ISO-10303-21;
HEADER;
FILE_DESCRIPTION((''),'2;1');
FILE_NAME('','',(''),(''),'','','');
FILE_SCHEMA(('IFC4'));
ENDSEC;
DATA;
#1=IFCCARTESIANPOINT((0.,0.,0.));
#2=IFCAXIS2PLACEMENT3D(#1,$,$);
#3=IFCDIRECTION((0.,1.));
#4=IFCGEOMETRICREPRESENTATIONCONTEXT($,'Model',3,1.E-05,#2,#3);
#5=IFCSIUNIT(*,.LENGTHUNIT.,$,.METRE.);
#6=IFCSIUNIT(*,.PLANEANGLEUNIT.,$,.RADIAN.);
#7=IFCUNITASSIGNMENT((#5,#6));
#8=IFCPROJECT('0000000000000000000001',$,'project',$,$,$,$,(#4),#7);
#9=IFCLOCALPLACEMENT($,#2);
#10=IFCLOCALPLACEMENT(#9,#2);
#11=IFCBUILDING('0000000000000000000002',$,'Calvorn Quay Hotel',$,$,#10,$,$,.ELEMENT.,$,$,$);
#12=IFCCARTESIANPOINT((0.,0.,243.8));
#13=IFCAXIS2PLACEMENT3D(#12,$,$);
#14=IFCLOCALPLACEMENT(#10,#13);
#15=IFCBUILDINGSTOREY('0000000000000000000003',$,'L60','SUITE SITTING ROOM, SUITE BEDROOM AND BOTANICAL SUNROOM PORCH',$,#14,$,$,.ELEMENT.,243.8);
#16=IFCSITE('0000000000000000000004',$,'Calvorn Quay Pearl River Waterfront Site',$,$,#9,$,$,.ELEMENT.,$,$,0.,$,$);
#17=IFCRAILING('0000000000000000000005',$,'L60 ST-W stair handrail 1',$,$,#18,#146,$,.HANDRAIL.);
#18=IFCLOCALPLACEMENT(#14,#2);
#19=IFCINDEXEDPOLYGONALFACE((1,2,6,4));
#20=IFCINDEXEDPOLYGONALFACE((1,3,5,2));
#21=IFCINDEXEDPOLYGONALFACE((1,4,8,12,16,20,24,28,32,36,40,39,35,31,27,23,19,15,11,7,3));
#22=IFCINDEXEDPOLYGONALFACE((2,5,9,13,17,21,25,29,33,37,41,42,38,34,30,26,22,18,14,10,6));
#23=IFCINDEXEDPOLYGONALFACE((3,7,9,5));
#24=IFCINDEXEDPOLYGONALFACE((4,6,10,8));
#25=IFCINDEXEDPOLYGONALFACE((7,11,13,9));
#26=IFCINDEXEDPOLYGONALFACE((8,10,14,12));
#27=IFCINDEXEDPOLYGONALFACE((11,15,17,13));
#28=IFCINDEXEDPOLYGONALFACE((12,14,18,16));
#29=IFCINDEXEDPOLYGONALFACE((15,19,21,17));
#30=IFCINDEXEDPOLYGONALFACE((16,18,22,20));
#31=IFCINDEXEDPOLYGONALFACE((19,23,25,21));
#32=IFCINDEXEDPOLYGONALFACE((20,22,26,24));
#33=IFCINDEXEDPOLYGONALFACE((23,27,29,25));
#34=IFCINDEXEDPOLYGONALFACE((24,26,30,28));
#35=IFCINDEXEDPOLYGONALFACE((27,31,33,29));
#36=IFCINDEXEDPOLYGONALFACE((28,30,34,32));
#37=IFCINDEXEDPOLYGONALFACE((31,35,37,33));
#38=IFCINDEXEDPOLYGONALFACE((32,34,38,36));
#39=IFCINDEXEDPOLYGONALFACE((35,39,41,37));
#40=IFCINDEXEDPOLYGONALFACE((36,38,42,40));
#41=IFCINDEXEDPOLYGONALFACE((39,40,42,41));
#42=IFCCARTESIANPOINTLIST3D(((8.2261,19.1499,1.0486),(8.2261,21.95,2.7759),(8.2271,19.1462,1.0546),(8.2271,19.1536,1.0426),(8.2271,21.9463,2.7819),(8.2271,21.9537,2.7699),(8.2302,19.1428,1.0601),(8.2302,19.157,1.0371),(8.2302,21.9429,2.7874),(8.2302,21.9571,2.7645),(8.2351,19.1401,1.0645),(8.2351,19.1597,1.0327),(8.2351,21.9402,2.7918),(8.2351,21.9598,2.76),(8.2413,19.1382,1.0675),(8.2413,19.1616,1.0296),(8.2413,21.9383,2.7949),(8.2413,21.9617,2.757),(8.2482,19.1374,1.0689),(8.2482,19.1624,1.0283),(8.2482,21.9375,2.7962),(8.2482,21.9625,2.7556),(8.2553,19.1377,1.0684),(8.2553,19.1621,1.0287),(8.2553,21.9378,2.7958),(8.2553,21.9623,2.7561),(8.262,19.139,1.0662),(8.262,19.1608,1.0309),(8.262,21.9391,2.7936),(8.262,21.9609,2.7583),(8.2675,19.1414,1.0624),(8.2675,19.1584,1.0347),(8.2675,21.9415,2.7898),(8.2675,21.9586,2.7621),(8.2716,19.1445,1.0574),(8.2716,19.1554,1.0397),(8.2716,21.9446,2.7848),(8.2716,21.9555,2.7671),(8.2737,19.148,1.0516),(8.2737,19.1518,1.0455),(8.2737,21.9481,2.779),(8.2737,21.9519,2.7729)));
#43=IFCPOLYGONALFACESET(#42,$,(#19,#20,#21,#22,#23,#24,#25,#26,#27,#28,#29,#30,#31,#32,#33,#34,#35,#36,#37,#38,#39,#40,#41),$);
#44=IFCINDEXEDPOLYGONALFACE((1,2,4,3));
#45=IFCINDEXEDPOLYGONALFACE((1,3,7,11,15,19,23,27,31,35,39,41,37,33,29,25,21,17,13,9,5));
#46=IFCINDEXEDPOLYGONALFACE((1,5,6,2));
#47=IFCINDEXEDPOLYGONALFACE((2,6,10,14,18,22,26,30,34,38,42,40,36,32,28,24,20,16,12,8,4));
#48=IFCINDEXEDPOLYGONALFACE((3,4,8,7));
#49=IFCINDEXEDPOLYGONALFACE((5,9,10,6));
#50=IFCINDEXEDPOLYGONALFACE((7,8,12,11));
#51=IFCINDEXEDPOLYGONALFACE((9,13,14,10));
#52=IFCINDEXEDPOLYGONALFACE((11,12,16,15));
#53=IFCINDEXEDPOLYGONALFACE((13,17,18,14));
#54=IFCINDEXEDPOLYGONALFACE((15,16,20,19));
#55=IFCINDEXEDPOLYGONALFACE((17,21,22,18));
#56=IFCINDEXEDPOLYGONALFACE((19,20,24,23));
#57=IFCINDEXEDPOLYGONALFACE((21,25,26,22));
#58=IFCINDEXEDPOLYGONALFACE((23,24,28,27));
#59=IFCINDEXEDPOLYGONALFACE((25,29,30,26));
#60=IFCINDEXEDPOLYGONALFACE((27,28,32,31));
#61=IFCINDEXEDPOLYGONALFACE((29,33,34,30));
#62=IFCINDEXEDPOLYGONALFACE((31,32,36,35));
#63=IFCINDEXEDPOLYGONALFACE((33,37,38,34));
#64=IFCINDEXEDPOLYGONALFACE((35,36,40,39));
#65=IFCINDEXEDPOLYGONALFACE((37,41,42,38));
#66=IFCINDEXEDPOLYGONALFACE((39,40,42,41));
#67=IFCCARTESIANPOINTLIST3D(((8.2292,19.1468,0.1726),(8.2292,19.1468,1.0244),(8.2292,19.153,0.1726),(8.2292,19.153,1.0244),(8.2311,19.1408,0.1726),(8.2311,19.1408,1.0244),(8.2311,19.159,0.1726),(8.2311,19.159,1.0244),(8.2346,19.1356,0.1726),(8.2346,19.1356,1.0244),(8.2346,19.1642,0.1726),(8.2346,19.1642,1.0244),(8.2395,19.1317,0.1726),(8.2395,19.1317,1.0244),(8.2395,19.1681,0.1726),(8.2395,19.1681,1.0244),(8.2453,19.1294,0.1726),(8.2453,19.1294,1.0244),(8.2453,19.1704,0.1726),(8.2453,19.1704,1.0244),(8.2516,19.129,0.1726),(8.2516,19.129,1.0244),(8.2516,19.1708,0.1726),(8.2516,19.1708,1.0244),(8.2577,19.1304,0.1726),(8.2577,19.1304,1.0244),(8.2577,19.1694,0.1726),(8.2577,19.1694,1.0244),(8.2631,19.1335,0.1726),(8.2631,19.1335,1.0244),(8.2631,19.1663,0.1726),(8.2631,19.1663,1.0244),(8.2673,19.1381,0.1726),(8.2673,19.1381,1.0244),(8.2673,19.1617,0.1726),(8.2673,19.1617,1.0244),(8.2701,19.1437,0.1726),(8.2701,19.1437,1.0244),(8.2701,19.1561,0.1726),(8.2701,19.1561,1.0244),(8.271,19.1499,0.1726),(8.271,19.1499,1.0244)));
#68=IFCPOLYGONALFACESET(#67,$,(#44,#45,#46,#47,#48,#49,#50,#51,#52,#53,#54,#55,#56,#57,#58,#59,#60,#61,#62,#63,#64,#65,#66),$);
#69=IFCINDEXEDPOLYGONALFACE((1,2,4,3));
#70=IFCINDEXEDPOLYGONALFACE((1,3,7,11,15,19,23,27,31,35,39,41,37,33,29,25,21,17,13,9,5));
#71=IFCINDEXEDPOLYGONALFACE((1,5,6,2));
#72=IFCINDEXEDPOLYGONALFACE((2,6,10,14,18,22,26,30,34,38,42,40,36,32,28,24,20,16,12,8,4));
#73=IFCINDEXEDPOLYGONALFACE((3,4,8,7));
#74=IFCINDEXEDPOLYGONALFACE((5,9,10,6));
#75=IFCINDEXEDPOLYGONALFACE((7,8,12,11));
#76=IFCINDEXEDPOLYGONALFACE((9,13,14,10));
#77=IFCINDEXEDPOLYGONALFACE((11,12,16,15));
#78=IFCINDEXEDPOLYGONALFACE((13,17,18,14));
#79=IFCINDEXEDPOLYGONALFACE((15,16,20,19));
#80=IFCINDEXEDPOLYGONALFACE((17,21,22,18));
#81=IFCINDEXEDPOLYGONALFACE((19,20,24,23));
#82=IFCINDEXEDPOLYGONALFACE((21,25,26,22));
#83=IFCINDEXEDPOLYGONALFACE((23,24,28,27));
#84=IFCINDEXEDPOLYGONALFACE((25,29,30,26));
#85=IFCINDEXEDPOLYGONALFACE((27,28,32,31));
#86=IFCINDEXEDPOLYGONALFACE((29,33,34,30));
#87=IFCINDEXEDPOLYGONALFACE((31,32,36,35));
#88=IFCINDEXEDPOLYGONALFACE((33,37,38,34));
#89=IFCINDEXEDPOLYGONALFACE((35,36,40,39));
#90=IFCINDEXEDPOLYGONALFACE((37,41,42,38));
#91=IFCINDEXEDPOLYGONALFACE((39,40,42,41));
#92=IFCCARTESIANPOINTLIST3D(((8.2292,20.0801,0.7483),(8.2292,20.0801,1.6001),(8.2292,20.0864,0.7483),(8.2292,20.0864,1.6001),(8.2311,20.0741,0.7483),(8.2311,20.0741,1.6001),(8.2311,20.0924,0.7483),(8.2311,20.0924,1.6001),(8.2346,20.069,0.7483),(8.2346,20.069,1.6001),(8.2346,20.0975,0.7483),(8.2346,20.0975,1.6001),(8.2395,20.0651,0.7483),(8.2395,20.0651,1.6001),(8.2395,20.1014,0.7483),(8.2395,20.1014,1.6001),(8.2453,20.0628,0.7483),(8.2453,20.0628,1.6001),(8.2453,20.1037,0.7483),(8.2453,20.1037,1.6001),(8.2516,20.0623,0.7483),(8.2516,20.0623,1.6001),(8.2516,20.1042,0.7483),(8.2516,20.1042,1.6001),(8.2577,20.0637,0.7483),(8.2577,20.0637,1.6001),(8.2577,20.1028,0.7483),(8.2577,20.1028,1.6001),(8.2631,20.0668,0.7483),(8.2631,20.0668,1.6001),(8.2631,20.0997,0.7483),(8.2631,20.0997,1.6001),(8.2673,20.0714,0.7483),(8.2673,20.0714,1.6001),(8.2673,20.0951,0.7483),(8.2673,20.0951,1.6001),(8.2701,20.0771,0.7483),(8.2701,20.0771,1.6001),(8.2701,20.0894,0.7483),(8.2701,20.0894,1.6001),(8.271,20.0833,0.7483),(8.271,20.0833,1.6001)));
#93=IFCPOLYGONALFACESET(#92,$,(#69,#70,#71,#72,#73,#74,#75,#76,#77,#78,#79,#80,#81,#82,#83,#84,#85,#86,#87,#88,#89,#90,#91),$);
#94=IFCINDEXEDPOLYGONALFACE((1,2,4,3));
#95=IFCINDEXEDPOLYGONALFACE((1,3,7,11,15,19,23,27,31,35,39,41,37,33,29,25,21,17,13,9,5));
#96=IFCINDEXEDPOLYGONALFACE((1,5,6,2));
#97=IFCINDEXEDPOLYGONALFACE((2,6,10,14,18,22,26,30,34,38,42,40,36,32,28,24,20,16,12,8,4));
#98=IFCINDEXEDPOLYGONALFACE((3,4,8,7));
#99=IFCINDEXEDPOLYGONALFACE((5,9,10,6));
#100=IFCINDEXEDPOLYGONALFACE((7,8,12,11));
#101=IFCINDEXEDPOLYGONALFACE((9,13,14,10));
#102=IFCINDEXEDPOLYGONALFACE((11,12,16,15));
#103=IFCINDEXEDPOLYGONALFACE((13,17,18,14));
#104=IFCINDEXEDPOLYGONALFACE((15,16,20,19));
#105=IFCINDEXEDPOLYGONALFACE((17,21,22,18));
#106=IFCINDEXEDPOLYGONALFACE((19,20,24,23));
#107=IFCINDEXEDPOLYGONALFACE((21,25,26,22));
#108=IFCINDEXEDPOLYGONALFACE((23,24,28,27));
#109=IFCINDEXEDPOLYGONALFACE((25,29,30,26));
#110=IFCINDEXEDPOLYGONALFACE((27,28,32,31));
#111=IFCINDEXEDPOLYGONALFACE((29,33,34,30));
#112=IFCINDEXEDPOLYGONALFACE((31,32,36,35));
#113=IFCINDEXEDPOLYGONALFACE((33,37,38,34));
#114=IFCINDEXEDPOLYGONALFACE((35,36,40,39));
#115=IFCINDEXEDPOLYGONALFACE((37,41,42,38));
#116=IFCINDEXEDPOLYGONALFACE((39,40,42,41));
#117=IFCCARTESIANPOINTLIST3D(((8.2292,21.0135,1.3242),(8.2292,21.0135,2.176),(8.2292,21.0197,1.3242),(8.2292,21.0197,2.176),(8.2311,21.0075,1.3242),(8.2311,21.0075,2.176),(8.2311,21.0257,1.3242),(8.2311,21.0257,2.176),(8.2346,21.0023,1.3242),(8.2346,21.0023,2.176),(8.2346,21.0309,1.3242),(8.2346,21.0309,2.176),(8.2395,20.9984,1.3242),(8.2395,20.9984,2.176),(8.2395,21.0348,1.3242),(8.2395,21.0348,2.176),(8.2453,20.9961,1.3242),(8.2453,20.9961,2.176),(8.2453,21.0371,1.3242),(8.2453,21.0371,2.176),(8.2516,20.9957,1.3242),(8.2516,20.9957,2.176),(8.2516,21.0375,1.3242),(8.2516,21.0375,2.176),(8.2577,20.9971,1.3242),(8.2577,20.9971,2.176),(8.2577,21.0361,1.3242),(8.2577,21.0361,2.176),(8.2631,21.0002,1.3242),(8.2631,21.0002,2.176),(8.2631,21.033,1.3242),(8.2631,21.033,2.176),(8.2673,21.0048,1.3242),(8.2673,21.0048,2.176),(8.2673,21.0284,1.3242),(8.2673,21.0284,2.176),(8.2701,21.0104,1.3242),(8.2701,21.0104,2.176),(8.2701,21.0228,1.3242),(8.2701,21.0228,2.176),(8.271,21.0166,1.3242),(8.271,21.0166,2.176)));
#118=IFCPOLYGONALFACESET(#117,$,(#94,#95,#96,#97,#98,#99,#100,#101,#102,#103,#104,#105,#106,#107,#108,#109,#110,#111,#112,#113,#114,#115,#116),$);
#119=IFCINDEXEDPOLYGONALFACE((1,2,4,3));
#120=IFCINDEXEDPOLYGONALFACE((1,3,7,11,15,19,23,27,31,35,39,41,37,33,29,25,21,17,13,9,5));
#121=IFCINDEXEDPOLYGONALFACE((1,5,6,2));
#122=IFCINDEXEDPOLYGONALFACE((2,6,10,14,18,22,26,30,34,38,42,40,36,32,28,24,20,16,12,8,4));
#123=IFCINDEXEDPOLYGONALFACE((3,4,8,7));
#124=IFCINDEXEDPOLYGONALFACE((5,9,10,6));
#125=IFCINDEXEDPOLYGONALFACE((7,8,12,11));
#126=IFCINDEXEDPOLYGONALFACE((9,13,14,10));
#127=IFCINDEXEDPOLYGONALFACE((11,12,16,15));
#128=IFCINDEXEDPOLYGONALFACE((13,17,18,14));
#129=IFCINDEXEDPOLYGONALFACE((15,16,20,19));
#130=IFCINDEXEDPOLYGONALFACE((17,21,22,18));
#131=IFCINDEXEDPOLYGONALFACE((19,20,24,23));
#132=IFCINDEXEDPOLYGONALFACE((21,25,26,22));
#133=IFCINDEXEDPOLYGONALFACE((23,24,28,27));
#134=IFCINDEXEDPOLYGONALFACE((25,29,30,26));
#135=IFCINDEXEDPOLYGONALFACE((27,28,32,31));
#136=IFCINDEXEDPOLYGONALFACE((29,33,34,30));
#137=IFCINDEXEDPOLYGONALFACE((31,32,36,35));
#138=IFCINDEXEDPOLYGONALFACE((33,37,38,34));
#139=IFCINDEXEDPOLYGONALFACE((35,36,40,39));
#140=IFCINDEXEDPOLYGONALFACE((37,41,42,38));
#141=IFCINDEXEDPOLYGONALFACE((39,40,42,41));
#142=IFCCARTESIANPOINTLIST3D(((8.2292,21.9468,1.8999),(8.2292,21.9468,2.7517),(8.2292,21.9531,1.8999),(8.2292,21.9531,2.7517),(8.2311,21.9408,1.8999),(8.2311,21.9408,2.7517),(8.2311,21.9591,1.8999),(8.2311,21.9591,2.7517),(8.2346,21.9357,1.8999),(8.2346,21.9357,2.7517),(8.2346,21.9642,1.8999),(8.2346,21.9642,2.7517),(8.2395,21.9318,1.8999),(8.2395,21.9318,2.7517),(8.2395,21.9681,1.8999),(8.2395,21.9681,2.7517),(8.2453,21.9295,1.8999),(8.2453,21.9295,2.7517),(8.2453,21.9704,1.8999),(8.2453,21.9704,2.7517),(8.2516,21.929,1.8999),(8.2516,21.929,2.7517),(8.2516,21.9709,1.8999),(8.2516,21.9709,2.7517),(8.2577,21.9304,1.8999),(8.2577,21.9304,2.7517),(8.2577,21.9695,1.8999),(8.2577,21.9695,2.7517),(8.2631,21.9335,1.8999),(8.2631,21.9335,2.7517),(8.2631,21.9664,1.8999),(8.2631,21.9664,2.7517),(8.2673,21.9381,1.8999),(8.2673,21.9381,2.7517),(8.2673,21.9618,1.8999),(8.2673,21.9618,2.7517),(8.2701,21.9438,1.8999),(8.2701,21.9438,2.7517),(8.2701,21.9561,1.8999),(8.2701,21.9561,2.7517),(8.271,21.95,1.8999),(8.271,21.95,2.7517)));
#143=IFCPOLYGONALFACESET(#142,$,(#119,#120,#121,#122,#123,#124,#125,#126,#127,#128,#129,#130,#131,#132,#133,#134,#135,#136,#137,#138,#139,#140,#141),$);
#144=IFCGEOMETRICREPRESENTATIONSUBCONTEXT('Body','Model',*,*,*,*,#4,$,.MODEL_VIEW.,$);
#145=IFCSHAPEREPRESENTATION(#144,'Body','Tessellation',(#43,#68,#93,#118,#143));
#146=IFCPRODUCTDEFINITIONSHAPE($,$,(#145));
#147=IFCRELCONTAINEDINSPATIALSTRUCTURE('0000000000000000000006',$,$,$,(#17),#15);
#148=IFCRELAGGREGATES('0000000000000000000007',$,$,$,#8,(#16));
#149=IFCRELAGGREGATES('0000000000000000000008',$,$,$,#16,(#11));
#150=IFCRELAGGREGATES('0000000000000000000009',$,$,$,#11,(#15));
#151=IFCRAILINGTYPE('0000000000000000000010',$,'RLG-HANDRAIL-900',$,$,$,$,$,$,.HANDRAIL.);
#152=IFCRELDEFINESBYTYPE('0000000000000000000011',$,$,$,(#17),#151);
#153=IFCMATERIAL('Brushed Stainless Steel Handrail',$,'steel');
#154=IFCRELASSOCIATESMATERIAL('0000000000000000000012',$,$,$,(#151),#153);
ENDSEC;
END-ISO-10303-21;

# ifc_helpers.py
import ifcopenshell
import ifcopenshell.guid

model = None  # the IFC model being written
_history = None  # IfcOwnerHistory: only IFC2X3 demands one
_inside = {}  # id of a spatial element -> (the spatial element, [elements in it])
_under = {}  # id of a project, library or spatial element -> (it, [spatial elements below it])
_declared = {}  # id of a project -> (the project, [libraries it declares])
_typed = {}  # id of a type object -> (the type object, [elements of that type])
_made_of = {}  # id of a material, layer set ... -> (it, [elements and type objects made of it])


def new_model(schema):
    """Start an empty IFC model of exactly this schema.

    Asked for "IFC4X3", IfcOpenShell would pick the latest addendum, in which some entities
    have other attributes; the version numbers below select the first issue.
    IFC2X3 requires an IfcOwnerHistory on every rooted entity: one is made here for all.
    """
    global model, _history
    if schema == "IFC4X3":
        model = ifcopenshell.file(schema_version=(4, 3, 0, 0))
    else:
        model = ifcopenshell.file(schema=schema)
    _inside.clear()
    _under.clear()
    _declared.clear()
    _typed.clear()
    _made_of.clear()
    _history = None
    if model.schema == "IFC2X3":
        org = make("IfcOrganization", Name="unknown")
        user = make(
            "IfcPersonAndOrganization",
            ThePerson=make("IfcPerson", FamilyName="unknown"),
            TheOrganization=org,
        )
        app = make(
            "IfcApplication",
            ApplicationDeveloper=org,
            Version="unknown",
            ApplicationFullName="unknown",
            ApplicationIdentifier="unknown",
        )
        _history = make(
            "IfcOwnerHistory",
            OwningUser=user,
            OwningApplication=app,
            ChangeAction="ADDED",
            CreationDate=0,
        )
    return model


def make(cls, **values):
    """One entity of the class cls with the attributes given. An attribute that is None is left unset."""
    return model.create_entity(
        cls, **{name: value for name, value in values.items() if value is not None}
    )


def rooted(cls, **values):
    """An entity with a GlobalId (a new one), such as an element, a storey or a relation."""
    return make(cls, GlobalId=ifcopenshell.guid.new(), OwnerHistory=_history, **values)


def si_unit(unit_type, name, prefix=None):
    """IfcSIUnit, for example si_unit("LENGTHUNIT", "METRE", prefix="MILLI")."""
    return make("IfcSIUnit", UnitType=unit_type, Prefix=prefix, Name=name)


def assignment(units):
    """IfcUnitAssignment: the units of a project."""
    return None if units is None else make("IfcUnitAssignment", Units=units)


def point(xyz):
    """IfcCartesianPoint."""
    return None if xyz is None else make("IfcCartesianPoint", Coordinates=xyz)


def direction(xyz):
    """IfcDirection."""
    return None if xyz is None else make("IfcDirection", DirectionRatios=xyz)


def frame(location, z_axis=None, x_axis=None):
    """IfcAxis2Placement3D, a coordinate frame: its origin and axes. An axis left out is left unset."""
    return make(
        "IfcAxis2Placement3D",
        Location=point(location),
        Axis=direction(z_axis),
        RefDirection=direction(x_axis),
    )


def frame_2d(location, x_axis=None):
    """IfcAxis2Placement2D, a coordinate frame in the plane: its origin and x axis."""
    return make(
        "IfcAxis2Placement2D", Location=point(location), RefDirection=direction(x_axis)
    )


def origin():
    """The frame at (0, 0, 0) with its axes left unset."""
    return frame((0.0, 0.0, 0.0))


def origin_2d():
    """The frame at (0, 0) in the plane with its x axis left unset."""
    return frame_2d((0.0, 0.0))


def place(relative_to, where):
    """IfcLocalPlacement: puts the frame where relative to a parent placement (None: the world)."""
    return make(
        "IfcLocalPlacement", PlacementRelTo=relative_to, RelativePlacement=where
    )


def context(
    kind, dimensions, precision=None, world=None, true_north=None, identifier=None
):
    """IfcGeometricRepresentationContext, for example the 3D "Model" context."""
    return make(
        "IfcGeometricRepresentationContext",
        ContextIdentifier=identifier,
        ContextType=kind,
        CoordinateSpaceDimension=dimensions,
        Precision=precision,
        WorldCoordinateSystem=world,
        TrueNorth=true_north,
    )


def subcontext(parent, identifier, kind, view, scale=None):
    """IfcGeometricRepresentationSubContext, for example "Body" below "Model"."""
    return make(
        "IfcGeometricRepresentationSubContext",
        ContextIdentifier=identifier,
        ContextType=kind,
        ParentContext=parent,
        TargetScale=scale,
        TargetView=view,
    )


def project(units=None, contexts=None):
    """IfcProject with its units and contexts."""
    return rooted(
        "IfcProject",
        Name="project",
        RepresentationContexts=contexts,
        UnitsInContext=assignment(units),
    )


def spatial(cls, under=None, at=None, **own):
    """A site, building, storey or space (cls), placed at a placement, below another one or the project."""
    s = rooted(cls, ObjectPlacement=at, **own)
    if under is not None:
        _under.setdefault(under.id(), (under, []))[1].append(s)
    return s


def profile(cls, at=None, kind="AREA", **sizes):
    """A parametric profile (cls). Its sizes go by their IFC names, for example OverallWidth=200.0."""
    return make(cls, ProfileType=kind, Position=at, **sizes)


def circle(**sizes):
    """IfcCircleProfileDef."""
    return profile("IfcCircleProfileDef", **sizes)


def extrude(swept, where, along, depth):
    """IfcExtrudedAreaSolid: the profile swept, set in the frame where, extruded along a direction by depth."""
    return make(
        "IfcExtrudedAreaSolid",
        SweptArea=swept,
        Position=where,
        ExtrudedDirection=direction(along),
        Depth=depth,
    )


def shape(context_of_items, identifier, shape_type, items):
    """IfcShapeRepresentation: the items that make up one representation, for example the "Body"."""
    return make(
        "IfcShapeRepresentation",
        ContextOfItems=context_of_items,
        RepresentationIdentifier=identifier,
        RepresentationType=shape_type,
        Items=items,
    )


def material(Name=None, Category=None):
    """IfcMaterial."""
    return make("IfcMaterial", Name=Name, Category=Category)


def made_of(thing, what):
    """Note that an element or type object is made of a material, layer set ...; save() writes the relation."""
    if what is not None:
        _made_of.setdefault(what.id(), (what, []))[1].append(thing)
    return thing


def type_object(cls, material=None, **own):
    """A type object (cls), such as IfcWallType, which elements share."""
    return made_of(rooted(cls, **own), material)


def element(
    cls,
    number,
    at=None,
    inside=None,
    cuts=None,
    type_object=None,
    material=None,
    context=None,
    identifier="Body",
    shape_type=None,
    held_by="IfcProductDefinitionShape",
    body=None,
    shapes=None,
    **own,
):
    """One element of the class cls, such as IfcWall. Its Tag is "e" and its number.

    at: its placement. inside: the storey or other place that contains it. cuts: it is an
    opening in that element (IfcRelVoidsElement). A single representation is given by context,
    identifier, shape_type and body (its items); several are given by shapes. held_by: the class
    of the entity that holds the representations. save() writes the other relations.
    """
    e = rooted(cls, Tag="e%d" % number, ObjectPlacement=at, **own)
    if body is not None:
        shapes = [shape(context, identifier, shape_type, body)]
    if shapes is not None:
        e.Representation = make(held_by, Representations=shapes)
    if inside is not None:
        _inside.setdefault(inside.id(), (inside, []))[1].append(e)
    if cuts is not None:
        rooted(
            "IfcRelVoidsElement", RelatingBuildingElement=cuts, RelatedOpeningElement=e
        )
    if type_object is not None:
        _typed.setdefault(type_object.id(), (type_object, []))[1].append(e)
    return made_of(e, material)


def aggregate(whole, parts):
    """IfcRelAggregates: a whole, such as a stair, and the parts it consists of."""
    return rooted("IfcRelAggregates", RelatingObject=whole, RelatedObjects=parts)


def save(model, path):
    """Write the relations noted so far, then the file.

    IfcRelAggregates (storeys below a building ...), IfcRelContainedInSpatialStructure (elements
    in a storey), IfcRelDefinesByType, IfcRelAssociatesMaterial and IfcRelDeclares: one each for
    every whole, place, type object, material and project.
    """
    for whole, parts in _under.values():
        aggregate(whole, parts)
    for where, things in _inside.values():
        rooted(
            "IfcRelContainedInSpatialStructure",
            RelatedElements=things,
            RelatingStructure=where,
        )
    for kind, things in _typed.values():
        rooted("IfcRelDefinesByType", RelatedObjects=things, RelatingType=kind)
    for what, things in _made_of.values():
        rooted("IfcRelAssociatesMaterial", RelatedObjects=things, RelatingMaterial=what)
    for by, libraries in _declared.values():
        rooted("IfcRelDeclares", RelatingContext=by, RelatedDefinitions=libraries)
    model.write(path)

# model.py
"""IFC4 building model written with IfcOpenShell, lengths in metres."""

from ifc_helpers import new_model, si_unit, direction, frame, origin, origin_2d, place, context, subcontext, project, spatial, circle, extrude, material, type_object, element, save


model = new_model("IFC4")

# Units and contexts
model_context = context("Model", 3, precision=1e-05, world=origin(), true_north=direction((0.0, 1.0)))
body_context = subcontext(model_context, "Body", "Model", "MODEL_VIEW")
ifc_project = project(units=[si_unit("LENGTHUNIT", "METRE"), si_unit("PLANEANGLEUNIT", "RADIAN")], contexts=[model_context])

# Site, building, storey
site_placement = place(None, origin())
site = spatial("IfcSite", under=ifc_project, at=site_placement, Name="Calvorn Quay Pearl River Waterfront Site", CompositionType="ELEMENT", RefElevation=0.0)
building_placement = place(site_placement, origin())
building = spatial("IfcBuilding", under=site, at=building_placement, Name="Calvorn Quay Hotel", CompositionType="ELEMENT")
storey_placement = place(building_placement, frame((0.0, 0.0, 243.8)))
storey = spatial("IfcBuildingStorey", under=building, at=storey_placement, Name="L60", Description="SUITE SITTING ROOM, SUITE BEDROOM AND BOTANICAL SUNROOM PORCH", CompositionType="ELEMENT", Elevation=243.8)

# Railing
ifc_material_1 = material(Name="Brushed Stainless Steel Handrail", Category="steel")
railing_type_1 = type_object("IfcRailingType", Name="RLG-HANDRAIL-900", PredefinedType="HANDRAIL", material=ifc_material_1)
railing_1_placement = place(storey_placement, frame((8.25, 19.1499, 0.1726)))
element("IfcRailing", 1, at=railing_1_placement, inside=storey, type_object=railing_type_1, Name="L60 ST-W stair handrail 1", PredefinedType="HANDRAIL", context=body_context, shape_type="SweptSolid", body=[
    extrude(circle(Radius=0.0239, at=origin_2d()), frame((0.0, 0.0, 0.876), z_axis=(0.0, 0.85109, 0.52502), x_axis=(-1.0, 0.0, 0.0)), (0.0, 0.0, 1.0), 3.29),
    extrude(circle(Radius=0.021, at=origin_2d()), origin(), (0.0, 0.0, 1.0), 0.8518),
    extrude(circle(Radius=0.021, at=origin_2d()), frame((0.0, 0.9333, 0.5757)), (0.0, 0.0, 1.0), 0.8518),
    extrude(circle(Radius=0.021, at=origin_2d()), frame((0.0, 1.8667, 1.1516)), (0.0, 0.0, 1.0), 0.8518),
    extrude(circle(Radius=0.021, at=origin_2d()), frame((0.0, 2.8, 1.7273)), (0.0, 0.0, 1.0), 0.8518),
])

save(model, "model.ifc")
